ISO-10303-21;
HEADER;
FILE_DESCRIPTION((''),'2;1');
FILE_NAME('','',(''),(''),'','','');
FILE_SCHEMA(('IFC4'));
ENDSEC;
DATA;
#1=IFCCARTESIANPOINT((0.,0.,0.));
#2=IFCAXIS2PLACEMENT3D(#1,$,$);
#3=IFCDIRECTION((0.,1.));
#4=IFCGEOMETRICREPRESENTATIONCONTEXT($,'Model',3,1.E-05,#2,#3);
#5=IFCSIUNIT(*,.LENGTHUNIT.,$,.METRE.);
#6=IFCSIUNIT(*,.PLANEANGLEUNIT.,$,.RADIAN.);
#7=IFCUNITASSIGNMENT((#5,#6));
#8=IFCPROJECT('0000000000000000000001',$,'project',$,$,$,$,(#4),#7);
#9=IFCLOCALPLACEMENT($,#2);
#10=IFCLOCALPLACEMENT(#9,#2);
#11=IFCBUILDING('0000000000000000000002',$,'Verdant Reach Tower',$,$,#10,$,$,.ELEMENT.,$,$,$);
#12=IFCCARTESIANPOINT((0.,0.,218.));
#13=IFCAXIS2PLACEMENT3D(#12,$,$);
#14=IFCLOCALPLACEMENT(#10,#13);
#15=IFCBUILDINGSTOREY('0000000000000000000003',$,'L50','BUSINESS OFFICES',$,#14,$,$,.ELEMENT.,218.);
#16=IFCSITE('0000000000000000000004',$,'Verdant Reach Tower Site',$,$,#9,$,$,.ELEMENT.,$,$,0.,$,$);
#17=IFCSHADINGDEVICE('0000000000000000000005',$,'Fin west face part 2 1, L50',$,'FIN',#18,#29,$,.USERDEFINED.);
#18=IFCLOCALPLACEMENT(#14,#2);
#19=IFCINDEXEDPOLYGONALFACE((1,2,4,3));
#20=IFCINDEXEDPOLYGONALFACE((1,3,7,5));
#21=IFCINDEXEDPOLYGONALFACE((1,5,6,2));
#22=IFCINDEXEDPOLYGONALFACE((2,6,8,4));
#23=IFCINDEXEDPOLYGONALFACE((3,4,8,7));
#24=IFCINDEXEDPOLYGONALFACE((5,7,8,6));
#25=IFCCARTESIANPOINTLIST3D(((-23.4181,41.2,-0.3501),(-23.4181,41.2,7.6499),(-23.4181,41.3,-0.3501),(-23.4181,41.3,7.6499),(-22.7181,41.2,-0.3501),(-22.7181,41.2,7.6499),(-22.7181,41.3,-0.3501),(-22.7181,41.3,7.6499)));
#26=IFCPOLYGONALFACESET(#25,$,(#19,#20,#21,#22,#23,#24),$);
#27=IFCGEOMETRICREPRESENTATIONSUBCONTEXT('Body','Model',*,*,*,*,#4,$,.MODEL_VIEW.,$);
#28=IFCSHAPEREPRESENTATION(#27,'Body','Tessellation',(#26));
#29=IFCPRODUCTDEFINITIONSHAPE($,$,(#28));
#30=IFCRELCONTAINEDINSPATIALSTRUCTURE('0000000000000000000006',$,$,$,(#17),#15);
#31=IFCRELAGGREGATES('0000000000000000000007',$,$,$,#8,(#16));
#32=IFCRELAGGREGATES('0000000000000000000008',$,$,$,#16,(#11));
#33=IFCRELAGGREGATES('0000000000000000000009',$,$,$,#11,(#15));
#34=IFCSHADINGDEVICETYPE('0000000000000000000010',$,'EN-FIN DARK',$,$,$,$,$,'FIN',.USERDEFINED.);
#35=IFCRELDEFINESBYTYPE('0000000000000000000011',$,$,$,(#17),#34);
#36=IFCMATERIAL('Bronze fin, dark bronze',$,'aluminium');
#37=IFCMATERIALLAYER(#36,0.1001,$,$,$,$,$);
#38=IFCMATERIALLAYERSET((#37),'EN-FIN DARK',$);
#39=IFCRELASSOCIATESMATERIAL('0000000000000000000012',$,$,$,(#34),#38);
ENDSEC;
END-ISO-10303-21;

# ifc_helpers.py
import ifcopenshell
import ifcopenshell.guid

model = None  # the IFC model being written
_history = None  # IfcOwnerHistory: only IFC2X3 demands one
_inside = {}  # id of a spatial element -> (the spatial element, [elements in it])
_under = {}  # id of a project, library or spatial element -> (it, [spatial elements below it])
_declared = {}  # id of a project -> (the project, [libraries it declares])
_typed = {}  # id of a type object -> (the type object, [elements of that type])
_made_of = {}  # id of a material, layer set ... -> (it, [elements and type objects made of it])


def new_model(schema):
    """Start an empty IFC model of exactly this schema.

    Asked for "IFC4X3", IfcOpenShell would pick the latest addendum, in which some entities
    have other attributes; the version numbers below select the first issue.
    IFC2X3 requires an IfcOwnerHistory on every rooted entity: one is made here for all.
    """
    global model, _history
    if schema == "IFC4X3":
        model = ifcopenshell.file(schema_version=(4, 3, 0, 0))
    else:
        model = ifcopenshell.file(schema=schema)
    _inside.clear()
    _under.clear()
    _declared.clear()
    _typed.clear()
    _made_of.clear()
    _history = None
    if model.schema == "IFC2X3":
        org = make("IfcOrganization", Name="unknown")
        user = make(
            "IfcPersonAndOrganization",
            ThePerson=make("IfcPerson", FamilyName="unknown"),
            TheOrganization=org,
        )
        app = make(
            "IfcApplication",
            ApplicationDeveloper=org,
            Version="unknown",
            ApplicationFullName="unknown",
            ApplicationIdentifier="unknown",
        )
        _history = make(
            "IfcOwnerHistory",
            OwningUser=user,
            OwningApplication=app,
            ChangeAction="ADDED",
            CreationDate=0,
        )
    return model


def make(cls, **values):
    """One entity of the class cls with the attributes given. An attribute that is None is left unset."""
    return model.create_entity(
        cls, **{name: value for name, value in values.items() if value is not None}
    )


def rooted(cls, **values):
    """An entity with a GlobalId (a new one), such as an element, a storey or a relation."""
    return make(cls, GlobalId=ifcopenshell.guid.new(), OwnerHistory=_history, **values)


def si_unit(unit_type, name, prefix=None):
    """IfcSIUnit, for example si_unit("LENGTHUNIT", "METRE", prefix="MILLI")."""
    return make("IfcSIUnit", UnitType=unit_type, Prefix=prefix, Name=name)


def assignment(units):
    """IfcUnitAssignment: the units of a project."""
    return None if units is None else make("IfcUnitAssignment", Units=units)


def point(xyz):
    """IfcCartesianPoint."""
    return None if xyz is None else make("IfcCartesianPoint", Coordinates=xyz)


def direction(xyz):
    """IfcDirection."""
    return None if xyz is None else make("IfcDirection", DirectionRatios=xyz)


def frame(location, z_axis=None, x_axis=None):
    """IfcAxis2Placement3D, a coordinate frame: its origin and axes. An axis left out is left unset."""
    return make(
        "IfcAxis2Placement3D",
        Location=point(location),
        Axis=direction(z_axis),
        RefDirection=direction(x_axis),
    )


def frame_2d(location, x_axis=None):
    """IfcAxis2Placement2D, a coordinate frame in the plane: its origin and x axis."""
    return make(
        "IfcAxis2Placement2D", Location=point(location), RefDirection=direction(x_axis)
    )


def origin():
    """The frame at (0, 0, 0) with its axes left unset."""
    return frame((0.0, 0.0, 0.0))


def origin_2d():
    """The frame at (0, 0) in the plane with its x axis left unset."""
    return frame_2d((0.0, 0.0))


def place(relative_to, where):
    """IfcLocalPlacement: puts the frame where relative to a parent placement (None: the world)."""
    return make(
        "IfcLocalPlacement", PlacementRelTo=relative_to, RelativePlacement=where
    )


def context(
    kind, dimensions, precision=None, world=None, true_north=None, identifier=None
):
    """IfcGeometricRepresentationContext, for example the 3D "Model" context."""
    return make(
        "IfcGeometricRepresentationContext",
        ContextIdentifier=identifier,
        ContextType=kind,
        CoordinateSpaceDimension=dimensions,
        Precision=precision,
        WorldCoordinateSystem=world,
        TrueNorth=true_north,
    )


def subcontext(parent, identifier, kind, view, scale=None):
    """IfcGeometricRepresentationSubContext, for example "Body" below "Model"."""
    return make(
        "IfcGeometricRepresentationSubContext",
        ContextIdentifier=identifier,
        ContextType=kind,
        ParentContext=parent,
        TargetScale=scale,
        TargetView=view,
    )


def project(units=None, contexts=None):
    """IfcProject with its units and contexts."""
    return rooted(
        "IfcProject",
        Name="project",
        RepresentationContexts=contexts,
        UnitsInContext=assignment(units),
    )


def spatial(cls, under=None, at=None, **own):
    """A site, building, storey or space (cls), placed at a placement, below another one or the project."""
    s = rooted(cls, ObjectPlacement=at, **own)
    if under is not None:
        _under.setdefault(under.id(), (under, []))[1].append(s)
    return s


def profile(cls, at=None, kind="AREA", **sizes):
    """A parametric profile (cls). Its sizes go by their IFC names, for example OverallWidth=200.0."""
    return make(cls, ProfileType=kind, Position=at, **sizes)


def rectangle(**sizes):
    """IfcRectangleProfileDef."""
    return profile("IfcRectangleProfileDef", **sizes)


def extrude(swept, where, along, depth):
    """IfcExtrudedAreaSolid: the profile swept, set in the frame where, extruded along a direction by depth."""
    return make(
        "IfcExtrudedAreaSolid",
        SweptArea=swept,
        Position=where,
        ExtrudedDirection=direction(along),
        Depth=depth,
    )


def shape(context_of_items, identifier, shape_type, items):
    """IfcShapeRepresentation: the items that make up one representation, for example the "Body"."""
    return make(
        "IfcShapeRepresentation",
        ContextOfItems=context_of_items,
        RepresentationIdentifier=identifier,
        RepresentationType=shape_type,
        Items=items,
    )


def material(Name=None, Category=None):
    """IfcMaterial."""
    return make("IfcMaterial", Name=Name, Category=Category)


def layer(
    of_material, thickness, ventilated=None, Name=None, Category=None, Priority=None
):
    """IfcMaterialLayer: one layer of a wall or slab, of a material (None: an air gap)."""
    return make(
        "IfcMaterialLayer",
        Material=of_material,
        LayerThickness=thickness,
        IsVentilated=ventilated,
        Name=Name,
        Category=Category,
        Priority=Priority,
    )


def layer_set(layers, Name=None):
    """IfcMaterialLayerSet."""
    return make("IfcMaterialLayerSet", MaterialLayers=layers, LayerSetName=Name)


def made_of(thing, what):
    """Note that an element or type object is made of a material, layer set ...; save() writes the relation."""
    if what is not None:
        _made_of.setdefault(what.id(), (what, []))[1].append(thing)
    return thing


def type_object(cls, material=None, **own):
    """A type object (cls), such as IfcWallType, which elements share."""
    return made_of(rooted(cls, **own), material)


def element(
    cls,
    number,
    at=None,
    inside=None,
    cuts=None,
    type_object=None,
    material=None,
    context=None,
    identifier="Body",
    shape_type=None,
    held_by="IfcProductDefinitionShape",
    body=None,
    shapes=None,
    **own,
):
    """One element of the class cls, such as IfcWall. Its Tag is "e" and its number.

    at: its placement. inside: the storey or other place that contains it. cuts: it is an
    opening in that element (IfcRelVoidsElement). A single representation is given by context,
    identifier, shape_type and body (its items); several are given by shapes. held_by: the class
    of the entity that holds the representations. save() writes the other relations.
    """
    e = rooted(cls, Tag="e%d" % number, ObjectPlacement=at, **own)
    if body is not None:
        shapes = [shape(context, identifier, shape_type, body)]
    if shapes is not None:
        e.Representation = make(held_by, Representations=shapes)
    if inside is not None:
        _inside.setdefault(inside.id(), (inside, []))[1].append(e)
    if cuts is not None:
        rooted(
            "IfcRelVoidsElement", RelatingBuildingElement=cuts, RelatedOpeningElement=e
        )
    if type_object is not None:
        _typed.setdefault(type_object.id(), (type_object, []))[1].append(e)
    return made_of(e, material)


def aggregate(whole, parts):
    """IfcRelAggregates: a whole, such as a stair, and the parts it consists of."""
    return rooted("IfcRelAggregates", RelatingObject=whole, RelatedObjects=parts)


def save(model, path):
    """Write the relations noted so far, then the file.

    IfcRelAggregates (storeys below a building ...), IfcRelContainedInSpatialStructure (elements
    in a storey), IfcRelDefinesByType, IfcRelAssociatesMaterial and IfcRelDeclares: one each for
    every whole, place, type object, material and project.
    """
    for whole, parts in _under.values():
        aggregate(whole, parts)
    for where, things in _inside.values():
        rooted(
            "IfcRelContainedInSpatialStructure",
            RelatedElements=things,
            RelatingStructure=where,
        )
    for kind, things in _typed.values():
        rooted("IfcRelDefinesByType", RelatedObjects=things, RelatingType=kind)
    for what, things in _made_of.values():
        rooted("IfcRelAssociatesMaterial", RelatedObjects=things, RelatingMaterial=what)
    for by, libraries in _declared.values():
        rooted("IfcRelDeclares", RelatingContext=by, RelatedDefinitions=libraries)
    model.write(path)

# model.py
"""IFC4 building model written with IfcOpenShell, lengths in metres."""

from ifc_helpers import new_model, si_unit, direction, frame, origin, origin_2d, place, context, subcontext, project, spatial, rectangle, extrude, material, layer, layer_set, type_object, element, save


model = new_model("IFC4")

# Units and contexts
model_context = context("Model", 3, precision=1e-05, world=origin(), true_north=direction((0.0, 1.0)))
body_context = subcontext(model_context, "Body", "Model", "MODEL_VIEW")
ifc_project = project(units=[si_unit("LENGTHUNIT", "METRE"), si_unit("PLANEANGLEUNIT", "RADIAN")], contexts=[model_context])

# Site, building, storey
site_placement = place(None, origin())
site = spatial("IfcSite", under=ifc_project, at=site_placement, Name="Verdant Reach Tower Site", CompositionType="ELEMENT", RefElevation=0.0)
building_placement = place(site_placement, origin())
building = spatial("IfcBuilding", under=site, at=building_placement, Name="Verdant Reach Tower", CompositionType="ELEMENT")
storey_placement = place(building_placement, frame((0.0, 0.0, 218.0)))
storey = spatial("IfcBuildingStorey", under=building, at=storey_placement, Name="L50", Description="BUSINESS OFFICES", CompositionType="ELEMENT", Elevation=218.0)

# Shading device
ifc_material_1 = material(Name="Bronze fin, dark bronze", Category="aluminium")
ifc_layer_1 = layer(ifc_material_1, 0.1001)
ifc_layer_set_1 = layer_set([ifc_layer_1], Name="EN-FIN DARK")
shading_device_type = type_object("IfcShadingDeviceType", Name="EN-FIN DARK", ElementType="FIN", PredefinedType="USERDEFINED", material=ifc_layer_set_1)
for number, where, z_axis, x_axis, name in (
    (1, (-23.0681, 41.25, -0.3501), (0.0, 0.0, 1.0), (0.0, -1.0, 0.0), "Fin west face part 2 1, L50"),
):
    element("IfcShadingDevice", number, at=place(storey_placement, frame(where, z_axis=z_axis, x_axis=x_axis)), inside=storey, type_object=shading_device_type, Name=name, ObjectType="FIN", PredefinedType="USERDEFINED", context=body_context, shape_type="SweptSolid", body=[
        extrude(rectangle(XDim=0.1001, YDim=0.7, at=origin_2d()), origin(), (0.0, 0.0, 1.0), 8.0),
    ])

save(model, "model.ifc")
